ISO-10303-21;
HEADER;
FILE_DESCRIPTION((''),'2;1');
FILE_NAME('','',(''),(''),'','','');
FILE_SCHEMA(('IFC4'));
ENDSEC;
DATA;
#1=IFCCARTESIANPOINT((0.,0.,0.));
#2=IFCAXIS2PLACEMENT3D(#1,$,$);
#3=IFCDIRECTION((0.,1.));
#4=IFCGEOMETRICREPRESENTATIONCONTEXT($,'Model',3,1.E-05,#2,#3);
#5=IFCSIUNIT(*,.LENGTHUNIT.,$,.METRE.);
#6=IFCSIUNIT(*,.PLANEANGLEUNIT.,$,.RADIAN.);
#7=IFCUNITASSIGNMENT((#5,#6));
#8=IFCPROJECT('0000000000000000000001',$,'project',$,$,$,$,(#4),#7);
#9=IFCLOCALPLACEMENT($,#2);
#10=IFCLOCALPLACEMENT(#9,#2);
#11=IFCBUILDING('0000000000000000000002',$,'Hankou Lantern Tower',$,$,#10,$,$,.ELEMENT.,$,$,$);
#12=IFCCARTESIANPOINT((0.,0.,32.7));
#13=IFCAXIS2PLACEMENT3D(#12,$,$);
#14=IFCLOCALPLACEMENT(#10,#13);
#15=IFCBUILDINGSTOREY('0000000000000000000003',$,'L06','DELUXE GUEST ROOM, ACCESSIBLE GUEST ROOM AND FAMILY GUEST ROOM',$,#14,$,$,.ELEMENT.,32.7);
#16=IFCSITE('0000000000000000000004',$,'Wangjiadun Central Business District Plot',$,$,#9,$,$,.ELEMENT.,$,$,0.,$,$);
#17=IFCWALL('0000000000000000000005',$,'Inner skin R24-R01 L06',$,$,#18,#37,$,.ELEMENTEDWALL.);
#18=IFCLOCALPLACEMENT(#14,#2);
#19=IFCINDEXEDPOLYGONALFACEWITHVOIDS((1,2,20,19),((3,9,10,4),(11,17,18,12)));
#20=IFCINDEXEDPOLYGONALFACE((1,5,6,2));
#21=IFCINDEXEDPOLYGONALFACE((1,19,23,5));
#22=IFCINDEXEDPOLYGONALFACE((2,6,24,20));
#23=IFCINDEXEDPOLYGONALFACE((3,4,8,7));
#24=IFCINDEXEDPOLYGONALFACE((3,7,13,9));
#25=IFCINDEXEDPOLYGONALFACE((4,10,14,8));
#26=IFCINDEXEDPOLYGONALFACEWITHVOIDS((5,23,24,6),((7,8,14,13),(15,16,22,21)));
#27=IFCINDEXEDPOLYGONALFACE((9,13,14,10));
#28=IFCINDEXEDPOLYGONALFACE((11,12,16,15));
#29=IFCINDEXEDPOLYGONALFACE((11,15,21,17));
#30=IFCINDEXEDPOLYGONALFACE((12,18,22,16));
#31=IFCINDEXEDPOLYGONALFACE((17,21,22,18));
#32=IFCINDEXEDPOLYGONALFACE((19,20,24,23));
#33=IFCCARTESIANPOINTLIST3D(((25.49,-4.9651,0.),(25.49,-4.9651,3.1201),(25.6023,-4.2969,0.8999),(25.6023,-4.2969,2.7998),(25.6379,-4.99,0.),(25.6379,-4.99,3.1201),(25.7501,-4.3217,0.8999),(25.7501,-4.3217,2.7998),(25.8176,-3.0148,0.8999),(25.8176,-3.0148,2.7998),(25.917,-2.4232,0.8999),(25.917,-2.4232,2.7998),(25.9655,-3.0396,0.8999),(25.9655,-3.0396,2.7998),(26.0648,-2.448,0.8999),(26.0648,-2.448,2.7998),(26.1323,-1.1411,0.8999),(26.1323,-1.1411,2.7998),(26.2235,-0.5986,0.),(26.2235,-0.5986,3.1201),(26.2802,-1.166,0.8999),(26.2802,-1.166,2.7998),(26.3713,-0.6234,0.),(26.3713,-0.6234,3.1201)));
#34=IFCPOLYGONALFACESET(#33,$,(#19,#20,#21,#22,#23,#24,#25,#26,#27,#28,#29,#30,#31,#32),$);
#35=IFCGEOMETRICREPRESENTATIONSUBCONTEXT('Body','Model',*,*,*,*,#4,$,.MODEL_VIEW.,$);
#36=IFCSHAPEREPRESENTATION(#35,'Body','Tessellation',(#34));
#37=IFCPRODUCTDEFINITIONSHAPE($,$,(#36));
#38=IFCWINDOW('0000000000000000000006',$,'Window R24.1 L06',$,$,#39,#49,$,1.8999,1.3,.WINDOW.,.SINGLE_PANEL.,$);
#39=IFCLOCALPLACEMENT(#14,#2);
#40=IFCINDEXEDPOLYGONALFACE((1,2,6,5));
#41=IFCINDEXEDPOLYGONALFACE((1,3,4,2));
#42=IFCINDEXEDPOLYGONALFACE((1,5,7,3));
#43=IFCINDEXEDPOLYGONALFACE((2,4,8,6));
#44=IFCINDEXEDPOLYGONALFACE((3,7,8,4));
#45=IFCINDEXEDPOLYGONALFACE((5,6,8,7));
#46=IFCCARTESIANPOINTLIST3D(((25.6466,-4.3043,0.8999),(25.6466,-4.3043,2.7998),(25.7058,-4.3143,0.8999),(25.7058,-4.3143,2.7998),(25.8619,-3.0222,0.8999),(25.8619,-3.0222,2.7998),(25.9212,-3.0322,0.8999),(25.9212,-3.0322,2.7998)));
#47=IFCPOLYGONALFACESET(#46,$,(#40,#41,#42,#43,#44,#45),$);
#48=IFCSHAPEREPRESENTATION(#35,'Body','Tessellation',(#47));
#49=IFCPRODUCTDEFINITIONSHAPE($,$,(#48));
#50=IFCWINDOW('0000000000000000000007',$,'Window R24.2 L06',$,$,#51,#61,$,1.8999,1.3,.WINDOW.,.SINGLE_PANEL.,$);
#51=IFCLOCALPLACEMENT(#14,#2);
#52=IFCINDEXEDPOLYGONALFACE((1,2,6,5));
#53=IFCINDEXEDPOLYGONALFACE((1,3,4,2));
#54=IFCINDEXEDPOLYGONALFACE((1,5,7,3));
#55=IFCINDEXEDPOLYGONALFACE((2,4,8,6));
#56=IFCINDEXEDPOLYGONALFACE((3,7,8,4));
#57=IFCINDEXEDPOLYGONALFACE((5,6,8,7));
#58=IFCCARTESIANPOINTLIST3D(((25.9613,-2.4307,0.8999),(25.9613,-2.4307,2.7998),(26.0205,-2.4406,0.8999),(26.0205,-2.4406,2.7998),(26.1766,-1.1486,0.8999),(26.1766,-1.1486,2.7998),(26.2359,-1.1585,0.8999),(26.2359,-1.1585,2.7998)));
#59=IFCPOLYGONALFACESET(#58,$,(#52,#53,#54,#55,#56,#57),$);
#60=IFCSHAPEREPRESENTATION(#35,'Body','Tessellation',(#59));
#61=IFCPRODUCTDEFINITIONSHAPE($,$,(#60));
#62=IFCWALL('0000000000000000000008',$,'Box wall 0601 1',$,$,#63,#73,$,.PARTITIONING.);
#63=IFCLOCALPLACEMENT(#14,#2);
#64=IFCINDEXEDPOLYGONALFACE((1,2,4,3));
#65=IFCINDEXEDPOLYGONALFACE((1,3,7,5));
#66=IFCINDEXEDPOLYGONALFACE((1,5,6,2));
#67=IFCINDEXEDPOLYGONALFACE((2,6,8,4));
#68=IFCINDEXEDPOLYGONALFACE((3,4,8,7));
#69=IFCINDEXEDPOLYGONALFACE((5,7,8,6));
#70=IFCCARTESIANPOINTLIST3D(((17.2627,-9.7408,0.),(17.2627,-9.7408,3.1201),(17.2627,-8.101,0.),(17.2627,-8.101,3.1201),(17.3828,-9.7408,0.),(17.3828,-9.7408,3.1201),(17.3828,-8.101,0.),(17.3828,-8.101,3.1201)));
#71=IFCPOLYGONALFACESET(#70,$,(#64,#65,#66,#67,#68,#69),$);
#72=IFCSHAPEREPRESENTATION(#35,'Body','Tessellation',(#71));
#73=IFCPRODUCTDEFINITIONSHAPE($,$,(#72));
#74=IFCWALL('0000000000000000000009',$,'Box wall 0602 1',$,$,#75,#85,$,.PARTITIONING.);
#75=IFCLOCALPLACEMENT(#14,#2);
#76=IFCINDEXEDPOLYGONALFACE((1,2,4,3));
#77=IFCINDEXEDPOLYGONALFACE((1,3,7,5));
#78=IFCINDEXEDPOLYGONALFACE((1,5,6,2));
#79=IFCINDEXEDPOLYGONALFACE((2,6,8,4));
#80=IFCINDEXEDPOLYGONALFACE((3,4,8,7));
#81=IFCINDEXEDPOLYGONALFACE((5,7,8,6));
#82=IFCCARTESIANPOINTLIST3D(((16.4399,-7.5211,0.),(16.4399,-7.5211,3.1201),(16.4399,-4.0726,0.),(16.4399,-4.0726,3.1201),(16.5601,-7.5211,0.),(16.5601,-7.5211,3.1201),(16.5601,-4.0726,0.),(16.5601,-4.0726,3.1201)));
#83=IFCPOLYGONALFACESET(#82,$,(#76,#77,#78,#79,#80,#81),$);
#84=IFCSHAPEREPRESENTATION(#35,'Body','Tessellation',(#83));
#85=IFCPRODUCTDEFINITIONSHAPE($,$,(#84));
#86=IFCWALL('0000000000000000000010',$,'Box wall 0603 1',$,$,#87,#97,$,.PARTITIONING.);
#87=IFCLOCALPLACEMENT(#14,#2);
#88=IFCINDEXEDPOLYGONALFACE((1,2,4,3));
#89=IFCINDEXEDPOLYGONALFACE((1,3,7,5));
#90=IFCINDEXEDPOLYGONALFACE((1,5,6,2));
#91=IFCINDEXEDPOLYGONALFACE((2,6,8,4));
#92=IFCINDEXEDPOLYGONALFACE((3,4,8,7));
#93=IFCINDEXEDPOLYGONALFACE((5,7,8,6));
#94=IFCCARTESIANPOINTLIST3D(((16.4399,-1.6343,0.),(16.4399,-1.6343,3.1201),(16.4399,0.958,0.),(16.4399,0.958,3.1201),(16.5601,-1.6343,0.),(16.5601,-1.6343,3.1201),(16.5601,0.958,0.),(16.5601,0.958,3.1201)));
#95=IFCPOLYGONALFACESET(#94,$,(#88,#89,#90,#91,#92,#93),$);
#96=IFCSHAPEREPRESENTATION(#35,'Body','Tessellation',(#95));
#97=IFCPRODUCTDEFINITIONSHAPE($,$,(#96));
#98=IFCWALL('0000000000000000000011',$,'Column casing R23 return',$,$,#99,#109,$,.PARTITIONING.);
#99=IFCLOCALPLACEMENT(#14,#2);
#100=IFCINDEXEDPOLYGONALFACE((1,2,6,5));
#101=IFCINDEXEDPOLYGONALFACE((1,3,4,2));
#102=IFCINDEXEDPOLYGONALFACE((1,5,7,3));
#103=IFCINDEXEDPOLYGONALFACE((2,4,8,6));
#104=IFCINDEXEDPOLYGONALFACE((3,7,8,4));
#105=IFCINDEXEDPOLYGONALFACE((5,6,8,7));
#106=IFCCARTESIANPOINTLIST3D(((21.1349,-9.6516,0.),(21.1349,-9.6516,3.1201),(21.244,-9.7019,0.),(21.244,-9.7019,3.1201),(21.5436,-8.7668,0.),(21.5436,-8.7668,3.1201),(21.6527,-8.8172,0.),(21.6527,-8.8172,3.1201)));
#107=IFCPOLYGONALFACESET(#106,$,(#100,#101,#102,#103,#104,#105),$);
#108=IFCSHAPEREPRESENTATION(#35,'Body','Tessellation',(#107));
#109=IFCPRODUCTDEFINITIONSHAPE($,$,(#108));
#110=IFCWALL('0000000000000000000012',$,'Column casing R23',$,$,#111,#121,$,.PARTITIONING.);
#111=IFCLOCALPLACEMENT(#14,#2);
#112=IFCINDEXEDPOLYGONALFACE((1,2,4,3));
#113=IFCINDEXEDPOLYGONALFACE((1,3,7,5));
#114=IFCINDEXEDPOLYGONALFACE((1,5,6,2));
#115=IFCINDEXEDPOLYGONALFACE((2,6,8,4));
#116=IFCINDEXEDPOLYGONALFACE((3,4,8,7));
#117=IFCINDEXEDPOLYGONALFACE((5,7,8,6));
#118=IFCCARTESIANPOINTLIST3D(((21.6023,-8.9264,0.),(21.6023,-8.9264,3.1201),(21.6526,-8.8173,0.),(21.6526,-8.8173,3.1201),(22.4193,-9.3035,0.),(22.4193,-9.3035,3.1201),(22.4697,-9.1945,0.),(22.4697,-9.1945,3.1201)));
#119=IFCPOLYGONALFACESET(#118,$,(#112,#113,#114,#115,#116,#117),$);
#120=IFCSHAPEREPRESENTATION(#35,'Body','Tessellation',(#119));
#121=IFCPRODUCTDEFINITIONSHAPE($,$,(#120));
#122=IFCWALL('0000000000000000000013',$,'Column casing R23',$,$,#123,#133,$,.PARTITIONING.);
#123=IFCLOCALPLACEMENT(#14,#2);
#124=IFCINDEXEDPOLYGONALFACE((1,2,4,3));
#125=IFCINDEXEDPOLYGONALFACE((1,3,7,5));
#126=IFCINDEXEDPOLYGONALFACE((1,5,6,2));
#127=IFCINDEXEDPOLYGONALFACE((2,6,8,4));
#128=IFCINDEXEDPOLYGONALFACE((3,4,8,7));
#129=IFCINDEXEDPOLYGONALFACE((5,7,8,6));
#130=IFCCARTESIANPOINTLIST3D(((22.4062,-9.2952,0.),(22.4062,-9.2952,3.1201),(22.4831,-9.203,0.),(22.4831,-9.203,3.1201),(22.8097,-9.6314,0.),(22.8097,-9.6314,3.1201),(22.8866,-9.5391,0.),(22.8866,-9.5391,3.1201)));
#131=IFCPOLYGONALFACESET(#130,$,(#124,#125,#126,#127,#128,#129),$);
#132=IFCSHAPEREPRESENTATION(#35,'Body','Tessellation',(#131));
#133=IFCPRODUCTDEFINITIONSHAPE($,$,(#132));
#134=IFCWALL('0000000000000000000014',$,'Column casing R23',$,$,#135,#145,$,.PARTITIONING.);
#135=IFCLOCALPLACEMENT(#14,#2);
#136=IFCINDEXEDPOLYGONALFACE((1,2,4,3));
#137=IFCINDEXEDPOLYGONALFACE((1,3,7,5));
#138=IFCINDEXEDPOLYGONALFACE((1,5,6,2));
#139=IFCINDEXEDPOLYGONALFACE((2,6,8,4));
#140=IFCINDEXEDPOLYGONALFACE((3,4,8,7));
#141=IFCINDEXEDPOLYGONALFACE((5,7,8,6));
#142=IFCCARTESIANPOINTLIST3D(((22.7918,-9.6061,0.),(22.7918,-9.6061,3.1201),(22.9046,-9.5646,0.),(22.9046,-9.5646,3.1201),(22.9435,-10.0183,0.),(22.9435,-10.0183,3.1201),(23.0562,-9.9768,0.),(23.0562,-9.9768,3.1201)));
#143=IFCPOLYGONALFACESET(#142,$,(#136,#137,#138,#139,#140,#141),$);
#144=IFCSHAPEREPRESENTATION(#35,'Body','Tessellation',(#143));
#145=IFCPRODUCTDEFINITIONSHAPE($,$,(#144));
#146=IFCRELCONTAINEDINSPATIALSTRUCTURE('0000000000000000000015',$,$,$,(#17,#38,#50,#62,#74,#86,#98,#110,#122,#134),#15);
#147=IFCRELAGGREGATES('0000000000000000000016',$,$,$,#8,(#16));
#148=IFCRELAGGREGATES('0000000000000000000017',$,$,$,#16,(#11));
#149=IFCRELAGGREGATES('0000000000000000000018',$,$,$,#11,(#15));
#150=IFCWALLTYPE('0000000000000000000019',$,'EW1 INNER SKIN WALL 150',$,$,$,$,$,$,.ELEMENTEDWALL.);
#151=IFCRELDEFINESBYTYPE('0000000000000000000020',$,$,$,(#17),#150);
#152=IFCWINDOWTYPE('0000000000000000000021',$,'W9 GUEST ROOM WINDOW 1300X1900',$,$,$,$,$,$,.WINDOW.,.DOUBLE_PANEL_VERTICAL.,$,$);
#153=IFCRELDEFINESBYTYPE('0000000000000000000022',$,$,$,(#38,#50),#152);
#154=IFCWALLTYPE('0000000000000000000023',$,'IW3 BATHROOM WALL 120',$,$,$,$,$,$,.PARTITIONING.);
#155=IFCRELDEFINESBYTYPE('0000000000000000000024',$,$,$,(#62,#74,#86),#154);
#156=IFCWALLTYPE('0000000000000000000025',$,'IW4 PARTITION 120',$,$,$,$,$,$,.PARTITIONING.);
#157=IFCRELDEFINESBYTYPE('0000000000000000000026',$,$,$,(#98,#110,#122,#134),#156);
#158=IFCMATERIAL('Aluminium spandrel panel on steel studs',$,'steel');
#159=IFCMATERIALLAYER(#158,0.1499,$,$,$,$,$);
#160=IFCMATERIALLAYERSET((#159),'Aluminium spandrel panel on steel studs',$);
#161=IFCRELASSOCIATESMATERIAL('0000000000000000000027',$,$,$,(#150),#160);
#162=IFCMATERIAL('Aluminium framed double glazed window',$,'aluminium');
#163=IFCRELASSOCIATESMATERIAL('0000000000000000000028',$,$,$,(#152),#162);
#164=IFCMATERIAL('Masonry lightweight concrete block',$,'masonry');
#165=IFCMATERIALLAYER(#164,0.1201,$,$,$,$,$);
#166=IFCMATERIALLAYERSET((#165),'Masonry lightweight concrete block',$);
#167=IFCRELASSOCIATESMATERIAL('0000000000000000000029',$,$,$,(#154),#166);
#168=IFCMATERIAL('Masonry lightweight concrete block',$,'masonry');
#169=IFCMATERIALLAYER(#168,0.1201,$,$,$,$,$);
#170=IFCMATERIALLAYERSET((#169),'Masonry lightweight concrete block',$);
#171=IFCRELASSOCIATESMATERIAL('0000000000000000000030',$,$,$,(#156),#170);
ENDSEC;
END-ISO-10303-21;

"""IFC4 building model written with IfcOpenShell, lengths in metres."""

from ifc_helpers import new_model, si_unit, direction, frame, frame_2d, origin, place, context, subcontext, project, spatial, rectangle, extrude, material, layer, layer_set, type_object, element, fill, save


model = new_model("IFC4")

# Units and contexts
model_context = context("Model", 3, precision=1e-05, world=origin(), true_north=direction((0.0, 1.0)))
body_context = subcontext(model_context, "Body", "Model", "MODEL_VIEW")
ifc_project = project(units=[si_unit("LENGTHUNIT", "METRE"), si_unit("PLANEANGLEUNIT", "RADIAN")], contexts=[model_context])

# Site, building, storey
site_placement = place(None, origin())
site = spatial("IfcSite", under=ifc_project, at=site_placement, Name="Wangjiadun Central Business District Plot", CompositionType="ELEMENT", RefElevation=0.0)
building_placement = place(site_placement, origin())
building = spatial("IfcBuilding", under=site, at=building_placement, Name="Hankou Lantern Tower", CompositionType="ELEMENT")
storey_placement = place(building_placement, frame((0.0, 0.0, 32.7)))
storey = spatial("IfcBuildingStorey", under=building, at=storey_placement, Name="L06", Description="DELUXE GUEST ROOM, ACCESSIBLE GUEST ROOM AND FAMILY GUEST ROOM", CompositionType="ELEMENT", Elevation=32.7)

# Wall, openings, windows
ifc_material_1 = material(Name="Aluminium spandrel panel on steel studs", Category="steel")
ifc_layer_1 = layer(ifc_material_1, 0.1499)
ifc_layer_set_1 = layer_set([ifc_layer_1], Name="Aluminium spandrel panel on steel studs")
wall_type_1 = type_object("IfcWallType", Name="EW1 INNER SKIN WALL 150", PredefinedType="ELEMENTEDWALL", material=ifc_layer_set_1)
wall_1_placement = place(storey_placement, frame((25.564, -4.9775, 0.0), z_axis=(0.0, 0.0, 1.0), x_axis=(0.165642, 0.986186, 0.0)))
wall_1 = element("IfcWall", 1, at=wall_1_placement, inside=storey, type_object=wall_type_1, Name="Inner skin R24-R01 L06", PredefinedType="ELEMENTEDWALL", context=body_context, shape_type="SweptSolid", body=[
    extrude(rectangle(XDim=4.4277, YDim=0.1499, at=frame_2d((2.2139, 0.0))), origin(), (0.0, 0.0, 1.0), 3.1201),
])
opening_1_placement = place(wall_1_placement, frame((0.6777, 0.0, 0.8999)))
opening_1 = element("IfcOpeningElement", 2, at=opening_1_placement, cuts=wall_1, PredefinedType="OPENING", context=body_context, shape_type="SweptSolid", body=[
    extrude(rectangle(XDim=1.3, YDim=1.8999, at=frame_2d((0.6499, 0.95))), frame((0.0, 0.085, 0.0), z_axis=(0.0, -1.0, 0.0), x_axis=(1.0, 0.0, 0.0)), (0.0, 0.0, 1.0), 0.1699),
])
opening_2_placement = place(wall_1_placement, frame((2.5776, 0.0, 0.8999)))
opening_2 = element("IfcOpeningElement", 3, at=opening_2_placement, cuts=wall_1, PredefinedType="OPENING", context=body_context, shape_type="SweptSolid", body=[
    extrude(rectangle(XDim=1.3, YDim=1.8999, at=frame_2d((0.6499, 0.95))), frame((0.0, 0.085, 0.0), z_axis=(0.0, -1.0, 0.0), x_axis=(1.0, 0.0, 0.0)), (0.0, 0.0, 1.0), 0.1699),
])
ifc_material_2 = material(Name="Aluminium framed double glazed window", Category="aluminium")
window_type = type_object("IfcWindowType", Name="W9 GUEST ROOM WINDOW 1300X1900", PartitioningType="DOUBLE_PANEL_VERTICAL", PredefinedType="WINDOW", material=ifc_material_2)
window_1_placement = place(opening_1_placement, origin())
window_1 = element("IfcWindow", 4, at=window_1_placement, inside=storey, type_object=window_type, Name="Window R24.1 L06", OverallHeight=1.8999, OverallWidth=1.3, PartitioningType="SINGLE_PANEL", PredefinedType="WINDOW", context=body_context, shape_type="SweptSolid", body=[
    extrude(rectangle(XDim=1.3, YDim=1.8999, at=frame_2d((0.6499, 0.95))), frame((0.0, 0.03, 0.0), z_axis=(0.0, -1.0, 0.0), x_axis=(1.0, 0.0, 0.0)), (0.0, 0.0, 1.0), 0.0601),
])
fill(opening_1, window_1)
window_2_placement = place(opening_2_placement, origin())
window_2 = element("IfcWindow", 5, at=window_2_placement, inside=storey, type_object=window_type, Name="Window R24.2 L06", OverallHeight=1.8999, OverallWidth=1.3, PartitioningType="SINGLE_PANEL", PredefinedType="WINDOW", context=body_context, shape_type="SweptSolid", body=[
    extrude(rectangle(XDim=1.3, YDim=1.8999, at=frame_2d((0.6499, 0.95))), frame((0.0, 0.03, 0.0), z_axis=(0.0, -1.0, 0.0), x_axis=(1.0, 0.0, 0.0)), (0.0, 0.0, 1.0), 0.0601),
])
fill(opening_2, window_2)

# Walls
ifc_material_3 = material(Name="Masonry lightweight concrete block", Category="masonry")
ifc_layer_2 = layer(ifc_material_3, 0.1201)
ifc_layer_set_2 = layer_set([ifc_layer_2], Name="Masonry lightweight concrete block")
wall_type_2 = type_object("IfcWallType", Name="IW3 BATHROOM WALL 120", PredefinedType="PARTITIONING", material=ifc_layer_set_2)
wall_2_placement = place(storey_placement, frame((17.3228, -8.1011, 0.0), z_axis=(0.0, 0.0, 1.0), x_axis=(0.0, -1.0, 0.0)))
element("IfcWall", 6, at=wall_2_placement, inside=storey, type_object=wall_type_2, Name="Box wall 0601 1", PredefinedType="PARTITIONING", context=body_context, shape_type="SweptSolid", body=[
    extrude(rectangle(XDim=1.6399, YDim=0.1201, at=frame_2d((0.8198, 0.0))), origin(), (0.0, 0.0, 1.0), 3.1201),
])
wall_3_placement = place(storey_placement, frame((16.5, -7.521, 0.0), z_axis=(0.0, 0.0, 1.0), x_axis=(0.0, 1.0, 0.0)))
element("IfcWall", 7, at=wall_3_placement, inside=storey, type_object=wall_type_2, Name="Box wall 0602 1", PredefinedType="PARTITIONING", context=body_context, shape_type="SweptSolid", body=[
    extrude(rectangle(XDim=3.4485, YDim=0.1201, at=frame_2d((1.7241, 0.0))), origin(), (0.0, 0.0, 1.0), 3.1201),
])
wall_4_placement = place(storey_placement, frame((16.5, -1.6343, 0.0), z_axis=(0.0, 0.0, 1.0), x_axis=(0.0, 1.0, 0.0)))
element("IfcWall", 8, at=wall_4_placement, inside=storey, type_object=wall_type_2, Name="Box wall 0603 1", PredefinedType="PARTITIONING", context=body_context, shape_type="SweptSolid", body=[
    extrude(rectangle(XDim=2.5923, YDim=0.1201, at=frame_2d((1.2961, 0.0))), origin(), (0.0, 0.0, 1.0), 3.1201),
])
ifc_material_4 = material(Name="Masonry lightweight concrete block", Category="masonry")
ifc_layer_3 = layer(ifc_material_4, 0.1201)
ifc_layer_set_3 = layer_set([ifc_layer_3], Name="Masonry lightweight concrete block")
wall_type_3 = type_object("IfcWallType", Name="IW4 PARTITION 120", PredefinedType="PARTITIONING", material=ifc_layer_set_3)
wall_5_placement = place(storey_placement, frame((21.1895, -9.6768, 0.0), z_axis=(0.0, 0.0, 1.0), x_axis=(0.419344, 0.907827, 0.0)))
element("IfcWall", 9, at=wall_5_placement, inside=storey, type_object=wall_type_3, Name="Column casing R23 return", PredefinedType="PARTITIONING", context=body_context, shape_type="SweptSolid", body=[
    extrude(rectangle(XDim=0.9746, YDim=0.1201, at=frame_2d((0.4873, 0.0))), origin(), (0.0, 0.0, 1.0), 3.1201),
])
wall_6_placement = place(storey_placement, frame((21.6274, -8.8718, 0.0), z_axis=(0.0, 0.0, 1.0), x_axis=(0.907936, -0.41911, 0.0)))
element("IfcWall", 10, at=wall_6_placement, inside=storey, type_object=wall_type_3, Name="Column casing R23", PredefinedType="PARTITIONING", context=body_context, shape_type="SweptSolid", body=[
    extrude(rectangle(XDim=0.8999, YDim=0.1201, at=frame_2d((0.45, 0.0))), origin(), (0.0, 0.0, 1.0), 3.1201),
])
wall_7_placement = place(storey_placement, frame((22.4446, -9.249, 0.0), z_axis=(0.0, 0.0, 1.0), x_axis=(0.768336, -0.640047, 0.0)))
element("IfcWall", 11, at=wall_7_placement, inside=storey, type_object=wall_type_3, Name="Column casing R23", PredefinedType="PARTITIONING", context=body_context, shape_type="SweptSolid", body=[
    extrude(rectangle(XDim=0.5251, YDim=0.1201, at=frame_2d((0.2627, 0.0))), origin(), (0.0, 0.0, 1.0), 3.1201),
])
wall_8_placement = place(storey_placement, frame((22.8481, -9.5852, 0.0), z_axis=(0.0, 0.0, 1.0), x_axis=(0.345267, -0.938504, 0.0)))
element("IfcWall", 12, at=wall_8_placement, inside=storey, type_object=wall_type_3, Name="Column casing R23", PredefinedType="PARTITIONING", context=body_context, shape_type="SweptSolid", body=[
    extrude(rectangle(XDim=0.4392, YDim=0.1201, at=frame_2d((0.2197, 0.0))), origin(), (0.0, 0.0, 1.0), 3.1201),
])

save(model, "model.ifc")
